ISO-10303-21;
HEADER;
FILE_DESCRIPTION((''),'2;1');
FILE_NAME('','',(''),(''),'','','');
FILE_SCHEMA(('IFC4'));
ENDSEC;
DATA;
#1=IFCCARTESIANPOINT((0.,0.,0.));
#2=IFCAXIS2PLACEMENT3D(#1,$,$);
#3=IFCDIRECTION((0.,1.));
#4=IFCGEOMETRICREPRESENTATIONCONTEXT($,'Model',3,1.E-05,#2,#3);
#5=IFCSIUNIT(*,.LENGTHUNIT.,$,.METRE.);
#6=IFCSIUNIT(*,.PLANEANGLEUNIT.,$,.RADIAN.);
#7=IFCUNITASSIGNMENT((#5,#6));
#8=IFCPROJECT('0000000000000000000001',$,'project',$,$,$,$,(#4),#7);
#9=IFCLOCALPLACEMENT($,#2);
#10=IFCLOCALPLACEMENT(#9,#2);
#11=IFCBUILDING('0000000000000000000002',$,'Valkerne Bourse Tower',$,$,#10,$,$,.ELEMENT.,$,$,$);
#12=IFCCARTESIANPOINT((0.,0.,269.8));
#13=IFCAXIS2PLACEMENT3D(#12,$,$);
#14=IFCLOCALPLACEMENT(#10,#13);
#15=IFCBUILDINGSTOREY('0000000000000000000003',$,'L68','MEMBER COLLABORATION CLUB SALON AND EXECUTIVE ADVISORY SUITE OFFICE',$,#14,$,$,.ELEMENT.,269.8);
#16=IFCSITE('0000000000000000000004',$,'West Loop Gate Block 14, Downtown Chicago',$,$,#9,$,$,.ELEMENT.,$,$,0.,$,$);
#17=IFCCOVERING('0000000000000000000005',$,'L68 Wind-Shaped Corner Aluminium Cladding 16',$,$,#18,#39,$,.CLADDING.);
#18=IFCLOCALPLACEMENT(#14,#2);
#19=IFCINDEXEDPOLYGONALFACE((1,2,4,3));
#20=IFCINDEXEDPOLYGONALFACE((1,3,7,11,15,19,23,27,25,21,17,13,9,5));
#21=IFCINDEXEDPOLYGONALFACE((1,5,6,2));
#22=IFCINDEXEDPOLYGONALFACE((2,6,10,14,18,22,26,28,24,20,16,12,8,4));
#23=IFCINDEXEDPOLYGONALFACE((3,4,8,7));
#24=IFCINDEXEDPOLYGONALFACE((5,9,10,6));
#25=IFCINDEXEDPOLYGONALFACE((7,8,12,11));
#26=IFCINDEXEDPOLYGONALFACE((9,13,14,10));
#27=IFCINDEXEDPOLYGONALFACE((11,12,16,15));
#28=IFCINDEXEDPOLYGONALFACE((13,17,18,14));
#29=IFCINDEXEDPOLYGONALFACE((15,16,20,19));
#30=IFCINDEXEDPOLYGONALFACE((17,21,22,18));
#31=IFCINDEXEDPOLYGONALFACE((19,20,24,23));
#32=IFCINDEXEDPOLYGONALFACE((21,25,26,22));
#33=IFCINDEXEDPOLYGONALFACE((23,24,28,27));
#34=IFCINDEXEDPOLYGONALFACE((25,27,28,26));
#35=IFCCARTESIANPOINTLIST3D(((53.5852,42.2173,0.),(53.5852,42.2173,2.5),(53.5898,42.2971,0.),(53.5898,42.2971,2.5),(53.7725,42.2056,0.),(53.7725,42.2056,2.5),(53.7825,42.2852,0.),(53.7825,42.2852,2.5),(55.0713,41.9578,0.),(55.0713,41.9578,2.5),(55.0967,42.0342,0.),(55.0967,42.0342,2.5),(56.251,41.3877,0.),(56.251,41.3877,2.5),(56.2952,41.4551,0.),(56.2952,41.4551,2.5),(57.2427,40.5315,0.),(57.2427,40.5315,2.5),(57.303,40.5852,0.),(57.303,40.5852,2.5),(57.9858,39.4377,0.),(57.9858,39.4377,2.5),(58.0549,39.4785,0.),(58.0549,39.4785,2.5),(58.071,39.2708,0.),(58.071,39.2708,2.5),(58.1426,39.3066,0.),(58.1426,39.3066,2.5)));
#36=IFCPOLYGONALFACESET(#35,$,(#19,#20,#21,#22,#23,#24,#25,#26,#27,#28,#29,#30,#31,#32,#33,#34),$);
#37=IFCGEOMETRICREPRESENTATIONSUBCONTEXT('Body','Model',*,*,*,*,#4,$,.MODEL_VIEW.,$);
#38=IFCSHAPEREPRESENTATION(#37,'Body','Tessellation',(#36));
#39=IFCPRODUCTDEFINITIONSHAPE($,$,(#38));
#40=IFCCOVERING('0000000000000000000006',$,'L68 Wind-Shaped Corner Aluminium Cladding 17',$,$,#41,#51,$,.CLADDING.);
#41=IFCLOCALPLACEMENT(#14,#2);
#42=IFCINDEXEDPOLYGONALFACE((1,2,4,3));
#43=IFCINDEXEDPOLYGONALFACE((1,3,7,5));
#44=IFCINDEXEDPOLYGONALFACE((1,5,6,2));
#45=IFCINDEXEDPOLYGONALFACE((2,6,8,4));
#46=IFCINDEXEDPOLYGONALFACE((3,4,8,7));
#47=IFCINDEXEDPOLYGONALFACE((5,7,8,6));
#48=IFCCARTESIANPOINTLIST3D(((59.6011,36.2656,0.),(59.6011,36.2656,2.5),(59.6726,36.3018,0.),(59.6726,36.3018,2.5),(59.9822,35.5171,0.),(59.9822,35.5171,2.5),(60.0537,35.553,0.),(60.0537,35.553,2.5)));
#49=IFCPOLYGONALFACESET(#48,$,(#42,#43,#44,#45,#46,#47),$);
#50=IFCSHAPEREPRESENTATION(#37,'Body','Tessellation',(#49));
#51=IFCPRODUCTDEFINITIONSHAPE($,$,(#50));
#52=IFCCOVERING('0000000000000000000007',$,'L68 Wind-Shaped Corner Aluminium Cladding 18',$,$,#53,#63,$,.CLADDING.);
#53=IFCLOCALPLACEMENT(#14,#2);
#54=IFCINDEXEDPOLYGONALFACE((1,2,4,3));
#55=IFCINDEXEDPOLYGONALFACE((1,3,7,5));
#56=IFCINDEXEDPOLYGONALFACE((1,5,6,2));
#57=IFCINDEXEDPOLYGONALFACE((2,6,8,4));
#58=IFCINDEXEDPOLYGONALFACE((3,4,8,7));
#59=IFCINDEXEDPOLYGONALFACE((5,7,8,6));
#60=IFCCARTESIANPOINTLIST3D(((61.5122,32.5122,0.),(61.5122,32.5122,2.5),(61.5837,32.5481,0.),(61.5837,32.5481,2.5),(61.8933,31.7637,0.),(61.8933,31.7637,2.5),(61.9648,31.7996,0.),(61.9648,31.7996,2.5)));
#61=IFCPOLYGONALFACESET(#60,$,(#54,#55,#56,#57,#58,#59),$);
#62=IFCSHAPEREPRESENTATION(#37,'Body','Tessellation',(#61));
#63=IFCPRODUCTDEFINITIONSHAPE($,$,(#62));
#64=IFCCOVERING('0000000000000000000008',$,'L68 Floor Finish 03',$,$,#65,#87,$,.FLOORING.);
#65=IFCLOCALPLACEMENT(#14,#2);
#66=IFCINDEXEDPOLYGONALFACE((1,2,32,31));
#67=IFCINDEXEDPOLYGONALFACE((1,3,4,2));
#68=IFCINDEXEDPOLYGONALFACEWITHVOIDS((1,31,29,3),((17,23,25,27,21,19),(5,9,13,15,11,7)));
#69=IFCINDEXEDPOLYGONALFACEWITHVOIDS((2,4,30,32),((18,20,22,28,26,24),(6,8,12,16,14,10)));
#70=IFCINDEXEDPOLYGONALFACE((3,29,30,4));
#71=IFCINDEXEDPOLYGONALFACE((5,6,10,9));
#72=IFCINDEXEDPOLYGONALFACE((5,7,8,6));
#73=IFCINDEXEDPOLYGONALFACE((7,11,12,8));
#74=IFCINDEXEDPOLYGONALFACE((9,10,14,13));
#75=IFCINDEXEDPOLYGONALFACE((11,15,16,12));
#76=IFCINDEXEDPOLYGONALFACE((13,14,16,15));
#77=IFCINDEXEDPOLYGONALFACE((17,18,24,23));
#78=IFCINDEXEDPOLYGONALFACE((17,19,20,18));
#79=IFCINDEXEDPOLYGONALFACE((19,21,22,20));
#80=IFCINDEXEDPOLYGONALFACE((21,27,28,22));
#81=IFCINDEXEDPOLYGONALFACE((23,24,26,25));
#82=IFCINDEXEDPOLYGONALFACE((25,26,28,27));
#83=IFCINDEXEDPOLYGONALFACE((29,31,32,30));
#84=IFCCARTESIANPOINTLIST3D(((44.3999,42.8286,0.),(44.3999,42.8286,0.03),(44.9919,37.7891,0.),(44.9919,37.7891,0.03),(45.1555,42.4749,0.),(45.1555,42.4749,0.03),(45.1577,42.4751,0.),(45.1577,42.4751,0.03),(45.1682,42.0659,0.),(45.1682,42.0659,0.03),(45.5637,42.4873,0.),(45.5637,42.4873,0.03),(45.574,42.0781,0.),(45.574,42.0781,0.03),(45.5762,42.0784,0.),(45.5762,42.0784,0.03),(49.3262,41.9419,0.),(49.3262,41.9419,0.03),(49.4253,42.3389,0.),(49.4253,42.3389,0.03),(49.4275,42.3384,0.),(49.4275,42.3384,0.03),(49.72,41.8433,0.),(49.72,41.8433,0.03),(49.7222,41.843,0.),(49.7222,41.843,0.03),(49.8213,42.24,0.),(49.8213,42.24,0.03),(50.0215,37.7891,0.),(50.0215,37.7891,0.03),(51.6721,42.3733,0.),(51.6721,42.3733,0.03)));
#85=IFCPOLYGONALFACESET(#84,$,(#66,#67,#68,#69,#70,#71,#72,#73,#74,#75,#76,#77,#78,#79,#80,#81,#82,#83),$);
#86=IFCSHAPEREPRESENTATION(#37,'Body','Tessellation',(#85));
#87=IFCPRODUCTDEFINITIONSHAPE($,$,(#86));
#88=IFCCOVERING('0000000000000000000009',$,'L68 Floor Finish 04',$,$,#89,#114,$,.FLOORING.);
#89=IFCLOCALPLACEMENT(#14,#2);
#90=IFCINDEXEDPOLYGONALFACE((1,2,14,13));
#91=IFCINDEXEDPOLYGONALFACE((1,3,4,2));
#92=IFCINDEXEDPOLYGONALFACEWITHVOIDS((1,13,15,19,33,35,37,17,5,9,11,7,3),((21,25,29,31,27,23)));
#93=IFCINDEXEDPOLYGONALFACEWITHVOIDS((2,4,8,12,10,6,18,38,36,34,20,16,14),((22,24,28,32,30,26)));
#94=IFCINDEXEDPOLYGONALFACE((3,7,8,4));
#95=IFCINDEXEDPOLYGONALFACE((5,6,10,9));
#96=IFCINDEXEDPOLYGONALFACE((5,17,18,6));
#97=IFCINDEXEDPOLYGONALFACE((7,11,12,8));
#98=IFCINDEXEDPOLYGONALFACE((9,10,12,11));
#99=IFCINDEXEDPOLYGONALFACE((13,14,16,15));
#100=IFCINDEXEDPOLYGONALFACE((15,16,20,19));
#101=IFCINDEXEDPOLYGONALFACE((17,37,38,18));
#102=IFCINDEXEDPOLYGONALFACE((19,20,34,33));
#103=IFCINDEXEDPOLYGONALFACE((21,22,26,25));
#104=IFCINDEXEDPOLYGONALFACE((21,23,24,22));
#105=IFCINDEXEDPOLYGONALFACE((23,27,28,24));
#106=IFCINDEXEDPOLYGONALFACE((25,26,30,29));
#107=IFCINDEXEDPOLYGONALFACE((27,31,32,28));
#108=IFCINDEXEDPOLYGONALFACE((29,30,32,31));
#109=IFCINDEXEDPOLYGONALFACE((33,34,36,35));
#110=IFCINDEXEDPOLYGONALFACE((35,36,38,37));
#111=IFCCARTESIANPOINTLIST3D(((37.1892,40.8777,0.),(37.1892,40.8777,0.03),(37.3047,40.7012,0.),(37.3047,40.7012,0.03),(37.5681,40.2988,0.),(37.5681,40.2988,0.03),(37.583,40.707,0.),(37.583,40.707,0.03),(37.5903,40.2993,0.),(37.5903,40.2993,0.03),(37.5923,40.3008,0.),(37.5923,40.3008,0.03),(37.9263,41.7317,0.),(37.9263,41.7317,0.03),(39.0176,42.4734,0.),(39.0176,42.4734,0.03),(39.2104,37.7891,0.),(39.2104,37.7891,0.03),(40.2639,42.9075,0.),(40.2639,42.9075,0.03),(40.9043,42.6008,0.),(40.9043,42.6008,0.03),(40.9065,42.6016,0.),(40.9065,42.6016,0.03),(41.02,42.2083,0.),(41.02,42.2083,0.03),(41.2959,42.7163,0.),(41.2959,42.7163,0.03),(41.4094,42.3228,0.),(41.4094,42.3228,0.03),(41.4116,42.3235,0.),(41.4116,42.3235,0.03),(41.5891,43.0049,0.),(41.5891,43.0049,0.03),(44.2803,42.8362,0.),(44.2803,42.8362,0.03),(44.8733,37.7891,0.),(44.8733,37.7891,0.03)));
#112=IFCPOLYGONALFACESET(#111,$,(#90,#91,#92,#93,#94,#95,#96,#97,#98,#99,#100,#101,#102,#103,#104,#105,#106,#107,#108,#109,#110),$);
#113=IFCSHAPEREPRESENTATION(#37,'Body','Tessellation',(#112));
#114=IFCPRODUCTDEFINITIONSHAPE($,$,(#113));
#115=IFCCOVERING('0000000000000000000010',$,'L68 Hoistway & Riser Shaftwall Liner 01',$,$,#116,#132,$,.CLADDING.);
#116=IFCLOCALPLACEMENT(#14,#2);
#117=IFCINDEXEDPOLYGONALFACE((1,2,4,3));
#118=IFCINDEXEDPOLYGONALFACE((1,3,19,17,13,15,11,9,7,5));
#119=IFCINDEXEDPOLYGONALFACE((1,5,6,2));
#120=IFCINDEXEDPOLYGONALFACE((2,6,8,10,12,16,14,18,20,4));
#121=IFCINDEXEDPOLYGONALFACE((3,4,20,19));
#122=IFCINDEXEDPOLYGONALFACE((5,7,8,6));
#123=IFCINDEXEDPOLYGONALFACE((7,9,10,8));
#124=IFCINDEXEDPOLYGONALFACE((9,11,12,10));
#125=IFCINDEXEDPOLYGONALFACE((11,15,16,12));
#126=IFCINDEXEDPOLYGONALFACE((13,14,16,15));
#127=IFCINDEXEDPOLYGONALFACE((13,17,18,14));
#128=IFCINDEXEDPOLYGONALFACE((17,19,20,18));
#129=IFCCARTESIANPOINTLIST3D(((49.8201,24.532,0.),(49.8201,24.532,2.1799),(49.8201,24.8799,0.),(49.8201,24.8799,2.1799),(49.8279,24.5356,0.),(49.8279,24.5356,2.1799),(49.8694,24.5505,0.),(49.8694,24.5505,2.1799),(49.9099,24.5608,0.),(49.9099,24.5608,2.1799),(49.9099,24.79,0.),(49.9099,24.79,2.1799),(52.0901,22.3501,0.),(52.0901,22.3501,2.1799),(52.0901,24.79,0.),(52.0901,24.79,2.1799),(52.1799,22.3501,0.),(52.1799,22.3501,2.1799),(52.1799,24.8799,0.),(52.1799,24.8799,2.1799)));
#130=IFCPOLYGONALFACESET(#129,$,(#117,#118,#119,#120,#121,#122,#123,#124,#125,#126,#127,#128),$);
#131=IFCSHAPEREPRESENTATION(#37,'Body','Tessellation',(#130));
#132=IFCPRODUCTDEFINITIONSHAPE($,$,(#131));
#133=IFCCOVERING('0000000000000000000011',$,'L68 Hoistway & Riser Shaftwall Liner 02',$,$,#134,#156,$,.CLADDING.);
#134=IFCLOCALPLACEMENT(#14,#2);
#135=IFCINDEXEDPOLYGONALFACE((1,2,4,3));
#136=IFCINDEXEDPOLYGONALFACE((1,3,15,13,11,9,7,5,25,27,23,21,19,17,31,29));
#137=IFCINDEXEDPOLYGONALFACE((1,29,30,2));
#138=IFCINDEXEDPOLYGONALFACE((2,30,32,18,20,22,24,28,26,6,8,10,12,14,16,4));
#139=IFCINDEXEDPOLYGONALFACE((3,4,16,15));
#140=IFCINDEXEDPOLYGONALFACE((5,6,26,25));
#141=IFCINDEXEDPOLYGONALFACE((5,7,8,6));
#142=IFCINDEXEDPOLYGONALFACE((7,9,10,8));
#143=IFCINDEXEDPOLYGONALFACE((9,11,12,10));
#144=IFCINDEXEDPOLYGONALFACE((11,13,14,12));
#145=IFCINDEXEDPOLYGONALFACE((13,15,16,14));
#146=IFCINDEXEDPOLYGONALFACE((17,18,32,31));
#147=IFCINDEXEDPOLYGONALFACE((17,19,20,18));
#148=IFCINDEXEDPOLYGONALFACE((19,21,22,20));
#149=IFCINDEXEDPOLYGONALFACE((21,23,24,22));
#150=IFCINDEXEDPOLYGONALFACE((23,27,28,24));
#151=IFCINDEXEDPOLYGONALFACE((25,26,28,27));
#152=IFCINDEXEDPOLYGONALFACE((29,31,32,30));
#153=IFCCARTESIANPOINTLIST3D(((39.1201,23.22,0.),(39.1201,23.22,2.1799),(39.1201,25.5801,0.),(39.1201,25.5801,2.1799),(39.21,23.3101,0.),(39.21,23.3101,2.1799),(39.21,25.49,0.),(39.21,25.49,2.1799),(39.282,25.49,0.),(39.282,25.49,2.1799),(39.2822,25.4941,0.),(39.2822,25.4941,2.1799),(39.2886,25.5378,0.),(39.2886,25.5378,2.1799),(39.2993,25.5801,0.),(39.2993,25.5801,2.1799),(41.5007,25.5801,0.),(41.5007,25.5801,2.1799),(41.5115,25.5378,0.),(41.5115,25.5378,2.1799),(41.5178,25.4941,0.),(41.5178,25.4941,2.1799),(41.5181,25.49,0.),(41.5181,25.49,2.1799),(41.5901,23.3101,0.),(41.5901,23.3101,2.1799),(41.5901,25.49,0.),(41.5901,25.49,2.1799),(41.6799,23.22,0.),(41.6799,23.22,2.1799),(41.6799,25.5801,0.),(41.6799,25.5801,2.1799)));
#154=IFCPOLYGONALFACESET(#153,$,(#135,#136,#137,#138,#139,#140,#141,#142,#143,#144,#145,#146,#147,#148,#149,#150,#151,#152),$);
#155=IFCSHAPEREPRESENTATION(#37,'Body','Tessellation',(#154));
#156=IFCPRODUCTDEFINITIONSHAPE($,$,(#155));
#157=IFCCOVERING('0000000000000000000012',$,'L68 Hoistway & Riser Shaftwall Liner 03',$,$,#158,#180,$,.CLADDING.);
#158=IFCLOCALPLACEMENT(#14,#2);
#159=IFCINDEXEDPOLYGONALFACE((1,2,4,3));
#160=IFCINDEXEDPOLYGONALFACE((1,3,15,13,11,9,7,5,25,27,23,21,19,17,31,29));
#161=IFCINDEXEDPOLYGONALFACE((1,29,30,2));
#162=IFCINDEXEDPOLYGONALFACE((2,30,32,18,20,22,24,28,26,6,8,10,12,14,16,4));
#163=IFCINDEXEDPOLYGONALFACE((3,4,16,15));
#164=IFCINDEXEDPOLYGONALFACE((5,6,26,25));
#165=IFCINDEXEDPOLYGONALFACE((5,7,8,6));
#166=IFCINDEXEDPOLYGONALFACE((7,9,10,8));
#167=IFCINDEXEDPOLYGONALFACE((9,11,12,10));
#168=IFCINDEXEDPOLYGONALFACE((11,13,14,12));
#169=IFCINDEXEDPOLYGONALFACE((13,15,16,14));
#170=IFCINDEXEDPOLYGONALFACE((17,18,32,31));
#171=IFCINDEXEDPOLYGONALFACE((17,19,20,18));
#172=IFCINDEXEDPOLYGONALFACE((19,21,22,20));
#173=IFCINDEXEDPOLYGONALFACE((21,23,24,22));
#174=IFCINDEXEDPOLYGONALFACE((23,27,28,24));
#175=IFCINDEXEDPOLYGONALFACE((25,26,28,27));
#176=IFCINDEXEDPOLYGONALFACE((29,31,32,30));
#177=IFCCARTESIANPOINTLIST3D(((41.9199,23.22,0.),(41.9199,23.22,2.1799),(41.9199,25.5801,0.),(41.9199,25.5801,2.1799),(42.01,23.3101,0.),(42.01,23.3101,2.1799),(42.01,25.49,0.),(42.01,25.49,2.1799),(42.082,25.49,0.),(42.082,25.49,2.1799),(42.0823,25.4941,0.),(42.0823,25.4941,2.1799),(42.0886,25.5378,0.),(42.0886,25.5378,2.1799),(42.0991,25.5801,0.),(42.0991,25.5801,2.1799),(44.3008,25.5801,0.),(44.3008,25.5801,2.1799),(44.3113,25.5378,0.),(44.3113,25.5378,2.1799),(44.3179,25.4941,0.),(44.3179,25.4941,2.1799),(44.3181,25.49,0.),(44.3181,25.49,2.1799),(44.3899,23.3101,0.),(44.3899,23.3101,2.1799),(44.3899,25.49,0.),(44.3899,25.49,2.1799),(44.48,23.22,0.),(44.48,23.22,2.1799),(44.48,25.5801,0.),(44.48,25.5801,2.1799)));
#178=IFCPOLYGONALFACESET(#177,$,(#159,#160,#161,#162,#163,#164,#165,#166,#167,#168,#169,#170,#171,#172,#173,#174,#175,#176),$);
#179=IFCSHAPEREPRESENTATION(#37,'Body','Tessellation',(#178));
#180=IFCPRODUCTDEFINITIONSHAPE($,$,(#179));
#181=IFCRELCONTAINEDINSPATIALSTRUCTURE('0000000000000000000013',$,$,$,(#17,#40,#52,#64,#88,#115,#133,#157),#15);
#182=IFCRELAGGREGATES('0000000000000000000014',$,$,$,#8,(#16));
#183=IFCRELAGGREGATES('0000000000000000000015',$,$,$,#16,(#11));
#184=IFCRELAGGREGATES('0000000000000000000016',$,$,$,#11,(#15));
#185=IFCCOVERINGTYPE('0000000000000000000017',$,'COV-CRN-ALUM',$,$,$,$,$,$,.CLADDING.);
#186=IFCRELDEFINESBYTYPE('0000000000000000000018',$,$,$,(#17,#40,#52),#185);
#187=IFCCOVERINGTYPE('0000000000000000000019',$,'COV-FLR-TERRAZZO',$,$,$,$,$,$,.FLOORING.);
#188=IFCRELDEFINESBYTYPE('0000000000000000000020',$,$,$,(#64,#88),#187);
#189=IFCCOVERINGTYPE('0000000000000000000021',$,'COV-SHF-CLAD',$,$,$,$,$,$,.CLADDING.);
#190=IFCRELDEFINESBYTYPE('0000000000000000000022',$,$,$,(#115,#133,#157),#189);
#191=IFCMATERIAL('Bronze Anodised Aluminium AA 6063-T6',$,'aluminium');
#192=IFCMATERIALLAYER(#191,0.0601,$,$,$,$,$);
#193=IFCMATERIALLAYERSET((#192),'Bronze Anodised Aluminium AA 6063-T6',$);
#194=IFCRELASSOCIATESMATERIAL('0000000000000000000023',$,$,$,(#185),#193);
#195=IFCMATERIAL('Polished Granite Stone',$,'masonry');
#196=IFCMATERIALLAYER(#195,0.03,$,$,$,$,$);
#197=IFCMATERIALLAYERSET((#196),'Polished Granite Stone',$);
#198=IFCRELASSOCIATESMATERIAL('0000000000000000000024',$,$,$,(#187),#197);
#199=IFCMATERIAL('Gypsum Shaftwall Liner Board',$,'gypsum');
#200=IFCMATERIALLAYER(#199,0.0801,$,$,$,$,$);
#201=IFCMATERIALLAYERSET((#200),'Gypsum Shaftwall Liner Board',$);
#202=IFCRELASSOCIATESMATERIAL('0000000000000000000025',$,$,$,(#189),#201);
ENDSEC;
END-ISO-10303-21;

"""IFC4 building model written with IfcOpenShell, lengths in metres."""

from ifc_helpers import new_model, si_unit, direction, frame, origin, place, context, subcontext, project, spatial, polyline, outline, extrude, material, layer, layer_set, type_object, element, save


model = new_model("IFC4")

# Units and contexts
model_context = context("Model", 3, precision=1e-05, world=origin(), true_north=direction((0.0, 1.0)))
body_context = subcontext(model_context, "Body", "Model", "MODEL_VIEW")
ifc_project = project(units=[si_unit("LENGTHUNIT", "METRE"), si_unit("PLANEANGLEUNIT", "RADIAN")], contexts=[model_context])

# Site, building, storey
site_placement = place(None, origin())
site = spatial("IfcSite", under=ifc_project, at=site_placement, Name="West Loop Gate Block 14, Downtown Chicago", CompositionType="ELEMENT", RefElevation=0.0)
building_placement = place(site_placement, origin())
building = spatial("IfcBuilding", under=site, at=building_placement, Name="Valkerne Bourse Tower", CompositionType="ELEMENT")
storey_placement = place(building_placement, frame((0.0, 0.0, 269.8)))
storey = spatial("IfcBuildingStorey", under=building, at=storey_placement, Name="L68", Description="MEMBER COLLABORATION CLUB SALON AND EXECUTIVE ADVISORY SUITE OFFICE", CompositionType="ELEMENT", Elevation=269.8)

# Coverings
ifc_material_1 = material(Name="Bronze Anodised Aluminium AA 6063-T6", Category="aluminium")
ifc_layer_1 = layer(ifc_material_1, 0.0601)
ifc_layer_set_1 = layer_set([ifc_layer_1], Name="Bronze Anodised Aluminium AA 6063-T6")
covering_type_1 = type_object("IfcCoveringType", Name="COV-CRN-ALUM", PredefinedType="CLADDING", material=ifc_layer_set_1)
covering_1_placement = place(storey_placement, origin())
element("IfcCovering", 1, at=covering_1_placement, inside=storey, type_object=covering_type_1, Name="L68 Wind-Shaped Corner Aluminium Cladding 16", PredefinedType="CLADDING", context=body_context, shape_type="SweptSolid", body=[
    extrude(outline(polyline([(53.7825, 42.2852), (55.0967, 42.0342), (56.2952, 41.4551), (57.303, 40.5852), (58.0549, 39.4785), (58.1426, 39.3066), (58.071, 39.2708), (57.9858, 39.4377), (57.2427, 40.5315), (56.251, 41.3877), (55.0713, 41.9578), (53.7725, 42.2056), (53.5852, 42.2173), (53.5898, 42.2971), (53.7825, 42.2852)])), origin(), (0.0, 0.0, 1.0), 2.5),
])
covering_2_placement = place(storey_placement, origin())
element("IfcCovering", 2, at=covering_2_placement, inside=storey, type_object=covering_type_1, Name="L68 Wind-Shaped Corner Aluminium Cladding 17", PredefinedType="CLADDING", context=body_context, shape_type="SweptSolid", body=[
    extrude(outline(polyline([(60.0537, 35.553), (59.9822, 35.5171), (59.6011, 36.2656), (59.6726, 36.3018), (60.0537, 35.553)])), origin(), (0.0, 0.0, 1.0), 2.5),
])
covering_3_placement = place(storey_placement, origin())
element("IfcCovering", 3, at=covering_3_placement, inside=storey, type_object=covering_type_1, Name="L68 Wind-Shaped Corner Aluminium Cladding 18", PredefinedType="CLADDING", context=body_context, shape_type="SweptSolid", body=[
    extrude(outline(polyline([(61.9648, 31.7996), (61.8933, 31.7637), (61.5122, 32.5122), (61.5837, 32.5481), (61.9648, 31.7996)])), origin(), (0.0, 0.0, 1.0), 2.5),
])
ifc_material_2 = material(Name="Polished Granite Stone", Category="masonry")
ifc_layer_2 = layer(ifc_material_2, 0.03)
ifc_layer_set_2 = layer_set([ifc_layer_2], Name="Polished Granite Stone")
covering_type_2 = type_object("IfcCoveringType", Name="COV-FLR-TERRAZZO", PredefinedType="FLOORING", material=ifc_layer_set_2)
covering_4_placement = place(storey_placement, origin())
element("IfcCovering", 4, at=covering_4_placement, inside=storey, type_object=covering_type_2, Name="L68 Floor Finish 03", PredefinedType="FLOORING", context=body_context, shape_type="SweptSolid", body=[
    extrude(outline(polyline([(44.9919, 37.7891), (44.3999, 42.8286), (51.6721, 42.3733), (50.0215, 37.7891), (44.9919, 37.7891)]), holes=[polyline([(45.574, 42.0781), (45.5762, 42.0784), (45.5637, 42.4873), (45.1577, 42.4751), (45.1555, 42.4749), (45.1682, 42.0659), (45.574, 42.0781)]), polyline([(49.8213, 42.24), (49.4275, 42.3384), (49.4253, 42.3389), (49.3262, 41.9419), (49.72, 41.8433), (49.7222, 41.843), (49.8213, 42.24)])]), origin(), (0.0, 0.0, 1.0), 0.03),
])
covering_5_placement = place(storey_placement, origin())
element("IfcCovering", 5, at=covering_5_placement, inside=storey, type_object=covering_type_2, Name="L68 Floor Finish 04", PredefinedType="FLOORING", context=body_context, shape_type="SweptSolid", body=[
    extrude(outline(polyline([(40.2639, 42.9075), (41.5891, 43.0049), (44.2803, 42.8362), (44.8733, 37.7891), (39.2104, 37.7891), (37.5681, 40.2988), (37.5903, 40.2993), (37.5923, 40.3008), (37.583, 40.707), (37.3047, 40.7012), (37.1892, 40.8777), (37.9263, 41.7317), (39.0176, 42.4734), (40.2639, 42.9075)]), holes=[polyline([(41.4116, 42.3235), (41.2959, 42.7163), (40.9065, 42.6016), (40.9043, 42.6008), (41.02, 42.2083), (41.4094, 42.3228), (41.4116, 42.3235)])]), origin(), (0.0, 0.0, 1.0), 0.03),
])
ifc_material_3 = material(Name="Gypsum Shaftwall Liner Board", Category="gypsum")
ifc_layer_3 = layer(ifc_material_3, 0.0801)
ifc_layer_set_3 = layer_set([ifc_layer_3], Name="Gypsum Shaftwall Liner Board")
covering_type_3 = type_object("IfcCoveringType", Name="COV-SHF-CLAD", PredefinedType="CLADDING", material=ifc_layer_set_3)
covering_6_placement = place(storey_placement, origin())
element("IfcCovering", 6, at=covering_6_placement, inside=storey, type_object=covering_type_3, Name="L68 Hoistway & Riser Shaftwall Liner 01", PredefinedType="CLADDING", context=body_context, shape_type="SweptSolid", body=[
    extrude(outline(polyline([(52.1799, 24.8799), (52.1799, 22.3501), (52.0901, 22.3501), (52.0901, 24.79), (49.9099, 24.79), (49.9099, 24.5608), (49.8694, 24.5505), (49.8279, 24.5356), (49.8201, 24.532), (49.8201, 24.8799), (52.1799, 24.8799)])), origin(), (0.0, 0.0, 1.0), 2.1799),
])
covering_7_placement = place(storey_placement, origin())
element("IfcCovering", 7, at=covering_7_placement, inside=storey, type_object=covering_type_3, Name="L68 Hoistway & Riser Shaftwall Liner 02", PredefinedType="CLADDING", context=body_context, shape_type="SweptSolid", body=[
    extrude(outline(polyline([(39.2993, 25.5801), (39.2886, 25.5378), (39.2822, 25.4941), (39.282, 25.49), (39.21, 25.49), (39.21, 23.3101), (41.5901, 23.3101), (41.5901, 25.49), (41.5181, 25.49), (41.5178, 25.4941), (41.5115, 25.5378), (41.5007, 25.5801), (41.6799, 25.5801), (41.6799, 23.22), (39.1201, 23.22), (39.1201, 25.5801), (39.2993, 25.5801)])), origin(), (0.0, 0.0, 1.0), 2.1799),
])
covering_8_placement = place(storey_placement, origin())
element("IfcCovering", 8, at=covering_8_placement, inside=storey, type_object=covering_type_3, Name="L68 Hoistway & Riser Shaftwall Liner 03", PredefinedType="CLADDING", context=body_context, shape_type="SweptSolid", body=[
    extrude(outline(polyline([(42.0991, 25.5801), (42.0886, 25.5378), (42.0823, 25.4941), (42.082, 25.49), (42.01, 25.49), (42.01, 23.3101), (44.3899, 23.3101), (44.3899, 25.49), (44.3181, 25.49), (44.3179, 25.4941), (44.3113, 25.5378), (44.3008, 25.5801), (44.48, 25.5801), (44.48, 23.22), (41.9199, 23.22), (41.9199, 25.5801), (42.0991, 25.5801)])), origin(), (0.0, 0.0, 1.0), 2.1799),
])

save(model, "model.ifc")
